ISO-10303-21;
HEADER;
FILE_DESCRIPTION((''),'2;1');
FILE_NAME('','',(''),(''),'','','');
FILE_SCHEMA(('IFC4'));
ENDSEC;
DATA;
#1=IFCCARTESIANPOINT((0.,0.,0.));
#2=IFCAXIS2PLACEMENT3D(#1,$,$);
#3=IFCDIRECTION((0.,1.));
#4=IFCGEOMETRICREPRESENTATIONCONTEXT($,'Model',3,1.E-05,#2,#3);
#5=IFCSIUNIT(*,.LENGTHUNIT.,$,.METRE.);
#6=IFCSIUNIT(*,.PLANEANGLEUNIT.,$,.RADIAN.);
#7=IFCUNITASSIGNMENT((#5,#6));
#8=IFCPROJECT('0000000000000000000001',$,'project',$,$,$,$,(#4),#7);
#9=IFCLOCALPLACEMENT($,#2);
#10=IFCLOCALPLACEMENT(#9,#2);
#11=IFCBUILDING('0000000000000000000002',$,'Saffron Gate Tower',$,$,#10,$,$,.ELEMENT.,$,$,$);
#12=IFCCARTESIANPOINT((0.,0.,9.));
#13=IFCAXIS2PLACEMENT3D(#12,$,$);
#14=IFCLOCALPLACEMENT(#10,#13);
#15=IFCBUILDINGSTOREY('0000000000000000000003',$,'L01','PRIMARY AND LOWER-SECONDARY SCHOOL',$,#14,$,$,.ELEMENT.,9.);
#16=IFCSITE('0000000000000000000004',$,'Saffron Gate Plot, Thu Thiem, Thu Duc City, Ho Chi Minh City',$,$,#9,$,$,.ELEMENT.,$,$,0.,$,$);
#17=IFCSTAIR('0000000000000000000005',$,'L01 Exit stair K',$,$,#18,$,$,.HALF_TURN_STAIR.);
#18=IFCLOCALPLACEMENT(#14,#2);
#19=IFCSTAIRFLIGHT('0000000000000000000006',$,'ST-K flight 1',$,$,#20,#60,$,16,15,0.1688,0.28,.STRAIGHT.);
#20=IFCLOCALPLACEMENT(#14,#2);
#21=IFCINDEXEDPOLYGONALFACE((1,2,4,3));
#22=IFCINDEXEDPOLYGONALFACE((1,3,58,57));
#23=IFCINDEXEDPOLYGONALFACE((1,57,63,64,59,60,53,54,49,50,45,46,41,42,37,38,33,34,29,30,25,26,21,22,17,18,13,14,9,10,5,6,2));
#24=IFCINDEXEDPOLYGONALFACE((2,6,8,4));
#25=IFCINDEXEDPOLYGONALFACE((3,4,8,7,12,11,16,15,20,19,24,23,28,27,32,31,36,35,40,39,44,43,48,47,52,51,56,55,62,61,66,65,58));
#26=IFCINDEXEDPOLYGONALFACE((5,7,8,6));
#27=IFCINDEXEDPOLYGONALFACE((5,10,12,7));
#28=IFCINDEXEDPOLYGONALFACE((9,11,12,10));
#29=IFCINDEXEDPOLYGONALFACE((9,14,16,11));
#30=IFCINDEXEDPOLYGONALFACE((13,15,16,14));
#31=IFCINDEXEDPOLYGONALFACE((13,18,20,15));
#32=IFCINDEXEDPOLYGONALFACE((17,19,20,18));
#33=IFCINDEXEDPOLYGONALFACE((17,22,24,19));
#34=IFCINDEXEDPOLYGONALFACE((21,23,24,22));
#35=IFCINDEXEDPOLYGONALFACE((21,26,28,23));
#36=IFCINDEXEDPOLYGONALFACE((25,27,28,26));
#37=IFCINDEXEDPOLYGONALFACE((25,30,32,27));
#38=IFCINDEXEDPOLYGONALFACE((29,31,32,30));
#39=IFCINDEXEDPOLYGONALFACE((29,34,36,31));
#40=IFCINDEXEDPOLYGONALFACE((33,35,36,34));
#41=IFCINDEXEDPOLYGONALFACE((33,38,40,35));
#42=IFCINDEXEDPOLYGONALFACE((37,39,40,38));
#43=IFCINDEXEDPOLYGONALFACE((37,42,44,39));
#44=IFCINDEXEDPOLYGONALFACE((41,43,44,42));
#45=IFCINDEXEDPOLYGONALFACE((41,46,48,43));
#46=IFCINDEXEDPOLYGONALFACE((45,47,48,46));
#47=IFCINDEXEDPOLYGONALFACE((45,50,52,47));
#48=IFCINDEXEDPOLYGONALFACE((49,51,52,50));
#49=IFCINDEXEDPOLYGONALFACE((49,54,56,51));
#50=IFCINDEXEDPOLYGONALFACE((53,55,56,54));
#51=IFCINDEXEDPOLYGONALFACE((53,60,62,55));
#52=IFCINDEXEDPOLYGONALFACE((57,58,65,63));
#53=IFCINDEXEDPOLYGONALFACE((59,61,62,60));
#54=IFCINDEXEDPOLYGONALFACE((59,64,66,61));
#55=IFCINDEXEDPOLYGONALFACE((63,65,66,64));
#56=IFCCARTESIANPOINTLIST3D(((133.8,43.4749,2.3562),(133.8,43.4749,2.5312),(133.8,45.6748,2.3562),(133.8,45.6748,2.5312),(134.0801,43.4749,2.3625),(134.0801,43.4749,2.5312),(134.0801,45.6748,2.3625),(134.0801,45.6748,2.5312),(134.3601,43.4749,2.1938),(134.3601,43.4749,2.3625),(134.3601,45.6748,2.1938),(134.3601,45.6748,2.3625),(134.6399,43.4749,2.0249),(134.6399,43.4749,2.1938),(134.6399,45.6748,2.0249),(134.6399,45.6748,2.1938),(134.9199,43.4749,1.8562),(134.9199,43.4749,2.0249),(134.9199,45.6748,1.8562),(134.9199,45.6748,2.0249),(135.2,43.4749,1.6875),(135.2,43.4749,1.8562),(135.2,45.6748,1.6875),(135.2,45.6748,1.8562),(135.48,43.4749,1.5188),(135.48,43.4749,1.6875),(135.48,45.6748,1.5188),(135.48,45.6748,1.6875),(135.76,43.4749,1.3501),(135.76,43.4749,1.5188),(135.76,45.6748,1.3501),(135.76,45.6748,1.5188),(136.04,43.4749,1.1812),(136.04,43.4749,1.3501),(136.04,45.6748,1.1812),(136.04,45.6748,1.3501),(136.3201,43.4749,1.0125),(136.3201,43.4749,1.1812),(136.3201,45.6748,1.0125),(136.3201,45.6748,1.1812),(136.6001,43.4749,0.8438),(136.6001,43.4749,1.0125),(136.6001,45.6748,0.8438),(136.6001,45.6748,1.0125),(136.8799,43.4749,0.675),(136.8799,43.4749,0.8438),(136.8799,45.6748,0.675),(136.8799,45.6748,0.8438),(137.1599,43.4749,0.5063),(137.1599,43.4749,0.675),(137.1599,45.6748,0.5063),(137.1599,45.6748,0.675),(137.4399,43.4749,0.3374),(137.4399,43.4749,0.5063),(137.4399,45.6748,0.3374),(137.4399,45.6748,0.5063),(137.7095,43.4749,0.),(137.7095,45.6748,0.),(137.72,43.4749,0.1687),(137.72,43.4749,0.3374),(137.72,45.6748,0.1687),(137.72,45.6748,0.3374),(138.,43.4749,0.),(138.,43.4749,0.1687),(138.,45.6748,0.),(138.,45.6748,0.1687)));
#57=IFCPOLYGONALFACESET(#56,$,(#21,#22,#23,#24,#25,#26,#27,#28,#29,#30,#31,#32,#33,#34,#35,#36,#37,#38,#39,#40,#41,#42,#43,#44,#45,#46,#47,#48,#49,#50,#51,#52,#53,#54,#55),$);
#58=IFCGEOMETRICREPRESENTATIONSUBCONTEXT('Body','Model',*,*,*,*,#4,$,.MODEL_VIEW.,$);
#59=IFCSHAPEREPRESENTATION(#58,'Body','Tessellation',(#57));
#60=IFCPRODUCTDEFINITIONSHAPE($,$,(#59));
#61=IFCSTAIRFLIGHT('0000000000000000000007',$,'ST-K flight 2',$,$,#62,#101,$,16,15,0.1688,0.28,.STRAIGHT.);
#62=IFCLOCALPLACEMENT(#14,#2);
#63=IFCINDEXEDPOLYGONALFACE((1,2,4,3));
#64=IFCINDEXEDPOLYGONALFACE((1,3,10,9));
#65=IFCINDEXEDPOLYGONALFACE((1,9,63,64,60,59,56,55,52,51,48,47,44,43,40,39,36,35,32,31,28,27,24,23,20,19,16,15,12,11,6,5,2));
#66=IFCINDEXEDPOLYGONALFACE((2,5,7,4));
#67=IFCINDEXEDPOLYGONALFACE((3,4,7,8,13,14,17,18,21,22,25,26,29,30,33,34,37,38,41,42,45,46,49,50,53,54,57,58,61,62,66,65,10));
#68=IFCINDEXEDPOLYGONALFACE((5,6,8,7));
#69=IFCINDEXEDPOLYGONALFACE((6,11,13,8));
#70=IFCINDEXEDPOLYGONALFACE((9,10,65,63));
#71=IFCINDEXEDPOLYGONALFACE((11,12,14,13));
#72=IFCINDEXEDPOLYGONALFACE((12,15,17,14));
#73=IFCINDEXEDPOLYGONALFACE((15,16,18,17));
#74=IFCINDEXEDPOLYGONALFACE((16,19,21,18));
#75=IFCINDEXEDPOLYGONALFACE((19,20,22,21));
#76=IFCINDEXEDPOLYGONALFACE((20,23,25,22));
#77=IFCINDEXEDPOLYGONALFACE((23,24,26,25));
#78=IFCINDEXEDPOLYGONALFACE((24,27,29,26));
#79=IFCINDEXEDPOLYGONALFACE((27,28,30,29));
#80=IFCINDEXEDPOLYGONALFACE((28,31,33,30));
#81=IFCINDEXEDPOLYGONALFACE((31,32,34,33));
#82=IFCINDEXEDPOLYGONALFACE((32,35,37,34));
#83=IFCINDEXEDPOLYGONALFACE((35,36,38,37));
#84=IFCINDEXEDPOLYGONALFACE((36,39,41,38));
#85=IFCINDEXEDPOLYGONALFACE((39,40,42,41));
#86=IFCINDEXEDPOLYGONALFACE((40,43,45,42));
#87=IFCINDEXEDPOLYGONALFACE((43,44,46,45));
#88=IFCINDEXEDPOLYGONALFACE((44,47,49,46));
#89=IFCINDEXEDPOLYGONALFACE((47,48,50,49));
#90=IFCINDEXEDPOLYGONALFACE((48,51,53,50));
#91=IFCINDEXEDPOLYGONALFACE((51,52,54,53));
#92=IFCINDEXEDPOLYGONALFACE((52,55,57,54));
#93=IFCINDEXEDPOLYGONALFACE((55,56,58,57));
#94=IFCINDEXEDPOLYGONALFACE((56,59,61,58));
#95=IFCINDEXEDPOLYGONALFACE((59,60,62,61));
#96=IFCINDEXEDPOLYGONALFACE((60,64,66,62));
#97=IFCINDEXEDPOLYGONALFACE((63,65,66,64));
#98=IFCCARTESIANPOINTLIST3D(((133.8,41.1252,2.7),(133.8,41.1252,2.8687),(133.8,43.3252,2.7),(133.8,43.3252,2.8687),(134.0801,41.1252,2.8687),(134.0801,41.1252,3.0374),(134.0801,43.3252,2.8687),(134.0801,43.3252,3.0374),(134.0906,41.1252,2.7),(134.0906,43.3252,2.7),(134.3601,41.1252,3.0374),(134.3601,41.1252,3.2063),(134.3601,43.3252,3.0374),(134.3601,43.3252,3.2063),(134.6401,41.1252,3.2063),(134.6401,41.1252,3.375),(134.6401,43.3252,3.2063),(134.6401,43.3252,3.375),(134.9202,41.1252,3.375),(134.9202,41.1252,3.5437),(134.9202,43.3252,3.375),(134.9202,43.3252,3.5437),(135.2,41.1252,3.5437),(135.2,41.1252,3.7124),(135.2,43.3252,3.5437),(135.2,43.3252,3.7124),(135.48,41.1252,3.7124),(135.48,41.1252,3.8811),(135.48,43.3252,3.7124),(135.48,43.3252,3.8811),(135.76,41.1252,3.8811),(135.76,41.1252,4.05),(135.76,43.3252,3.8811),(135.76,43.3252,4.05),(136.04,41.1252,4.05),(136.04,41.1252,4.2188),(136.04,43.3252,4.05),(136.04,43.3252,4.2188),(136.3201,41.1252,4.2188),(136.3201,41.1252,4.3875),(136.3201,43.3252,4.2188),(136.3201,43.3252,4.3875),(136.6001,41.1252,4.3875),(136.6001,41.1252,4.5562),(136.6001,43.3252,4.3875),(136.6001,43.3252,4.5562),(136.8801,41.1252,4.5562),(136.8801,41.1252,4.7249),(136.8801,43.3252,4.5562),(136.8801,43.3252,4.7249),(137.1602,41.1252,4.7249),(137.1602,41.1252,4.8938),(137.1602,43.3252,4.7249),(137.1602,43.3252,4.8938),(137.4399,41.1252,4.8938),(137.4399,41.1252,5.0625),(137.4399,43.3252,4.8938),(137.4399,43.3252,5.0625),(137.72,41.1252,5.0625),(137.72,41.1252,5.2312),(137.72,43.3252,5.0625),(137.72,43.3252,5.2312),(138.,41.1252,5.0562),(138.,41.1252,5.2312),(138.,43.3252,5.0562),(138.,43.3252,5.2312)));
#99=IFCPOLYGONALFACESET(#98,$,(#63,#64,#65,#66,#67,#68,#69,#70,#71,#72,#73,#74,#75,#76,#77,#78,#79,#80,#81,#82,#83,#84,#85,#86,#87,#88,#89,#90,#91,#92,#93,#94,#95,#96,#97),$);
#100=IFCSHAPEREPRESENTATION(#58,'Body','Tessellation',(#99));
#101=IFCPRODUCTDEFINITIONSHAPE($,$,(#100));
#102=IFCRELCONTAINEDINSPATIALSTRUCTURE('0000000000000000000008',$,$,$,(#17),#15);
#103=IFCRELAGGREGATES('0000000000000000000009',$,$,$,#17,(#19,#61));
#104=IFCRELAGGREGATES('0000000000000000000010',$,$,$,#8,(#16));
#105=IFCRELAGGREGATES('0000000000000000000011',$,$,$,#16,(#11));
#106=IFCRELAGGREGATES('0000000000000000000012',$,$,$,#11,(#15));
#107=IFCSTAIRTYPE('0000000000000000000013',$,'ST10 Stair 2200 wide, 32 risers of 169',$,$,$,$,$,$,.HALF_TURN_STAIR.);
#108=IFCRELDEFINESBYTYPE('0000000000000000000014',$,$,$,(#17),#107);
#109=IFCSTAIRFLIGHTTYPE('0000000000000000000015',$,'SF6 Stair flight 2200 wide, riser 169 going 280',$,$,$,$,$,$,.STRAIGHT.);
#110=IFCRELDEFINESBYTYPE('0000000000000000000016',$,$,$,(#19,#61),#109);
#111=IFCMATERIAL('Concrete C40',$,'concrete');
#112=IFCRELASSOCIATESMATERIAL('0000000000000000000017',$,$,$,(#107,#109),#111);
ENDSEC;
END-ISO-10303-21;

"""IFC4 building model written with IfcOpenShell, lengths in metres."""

from ifc_helpers import new_model, si_unit, direction, frame, origin, place, context, subcontext, project, spatial, polyline, outline, extrude, material, type_object, element, aggregate, save


model = new_model("IFC4")

# Units and contexts
model_context = context("Model", 3, precision=1e-05, world=origin(), true_north=direction((0.0, 1.0)))
body_context = subcontext(model_context, "Body", "Model", "MODEL_VIEW")
ifc_project = project(units=[si_unit("LENGTHUNIT", "METRE"), si_unit("PLANEANGLEUNIT", "RADIAN")], contexts=[model_context])

# Site, building, storey
site_placement = place(None, origin())
site = spatial("IfcSite", under=ifc_project, at=site_placement, Name="Saffron Gate Plot, Thu Thiem, Thu Duc City, Ho Chi Minh City", CompositionType="ELEMENT", RefElevation=0.0)
building_placement = place(site_placement, origin())
building = spatial("IfcBuilding", under=site, at=building_placement, Name="Saffron Gate Tower", CompositionType="ELEMENT")
storey_placement = place(building_placement, frame((0.0, 0.0, 9.0)))
storey = spatial("IfcBuildingStorey", under=building, at=storey_placement, Name="L01", Description="PRIMARY AND LOWER-SECONDARY SCHOOL", CompositionType="ELEMENT", Elevation=9.0)

# Stair, stair flights
ifc_material_1 = material(Name="Concrete C40", Category="concrete")
stair_type = type_object("IfcStairType", Name="ST10 Stair 2200 wide, 32 risers of 169", PredefinedType="HALF_TURN_STAIR", material=ifc_material_1)
stair_placement = place(storey_placement, origin())
stair = element("IfcStair", 1, at=stair_placement, inside=storey, type_object=stair_type, Name="L01 Exit stair K", PredefinedType="HALF_TURN_STAIR")
stair_flight_type = type_object("IfcStairFlightType", Name="SF6 Stair flight 2200 wide, riser 169 going 280", PredefinedType="STRAIGHT", material=ifc_material_1)
stair_flight_1_placement = place(storey_placement, frame((138.0, 44.575, 0.0), z_axis=(0.0, 0.0, 1.0), x_axis=(-1.0, 0.0, 0.0)))
stair_flight_1 = element("IfcStairFlight", 2, at=stair_flight_1_placement, type_object=stair_flight_type, Name="ST-K flight 1", NumberOfRisers=16, NumberOfTreads=15, PredefinedType="STRAIGHT", RiserHeight=0.1688, TreadLength=0.28, context=body_context, shape_type="SweptSolid", body=[
    extrude(outline(polyline([(0.0, 0.0), (0.0, 0.1687), (0.28, 0.1687), (0.28, 0.3374), (0.5601, 0.3374), (0.5601, 0.5063), (0.8401, 0.5063), (0.8401, 0.675), (1.1201, 0.675), (1.1201, 0.8438), (1.3999, 0.8438), (1.3999, 1.0125), (1.6799, 1.0125), (1.6799, 1.1812), (1.96, 1.1812), (1.96, 1.3501), (2.24, 1.3501), (2.24, 1.5188), (2.52, 1.5188), (2.52, 1.6875), (2.8, 1.6875), (2.8, 1.8562), (3.0801, 1.8562), (3.0801, 2.0249), (3.3601, 2.0249), (3.3601, 2.1938), (3.6399, 2.1938), (3.6399, 2.3625), (3.9199, 2.3625), (3.9199, 2.5312), (4.2, 2.5312), (4.2, 2.7), (4.2, 2.3562), (0.2905, 0.0), (0.0, 0.0)])), frame((0.0, 1.1001, 0.0), z_axis=(0.0, -1.0, 0.0), x_axis=(1.0, 0.0, 0.0)), (0.0, 0.0, 1.0), 2.2),
])
stair_flight_2_placement = place(storey_placement, frame((133.8, 42.2251, 2.7), z_axis=(0.0, 0.0, 1.0), x_axis=(1.0, 0.0, 0.0)))
stair_flight_2 = element("IfcStairFlight", 3, at=stair_flight_2_placement, type_object=stair_flight_type, Name="ST-K flight 2", NumberOfRisers=16, NumberOfTreads=15, PredefinedType="STRAIGHT", RiserHeight=0.1688, TreadLength=0.28, context=body_context, shape_type="SweptSolid", body=[
    extrude(outline(polyline([(0.0, 0.0), (0.0, 0.1687), (0.28, 0.1687), (0.28, 0.3374), (0.5601, 0.3374), (0.5601, 0.5063), (0.8401, 0.5063), (0.8401, 0.675), (1.1201, 0.675), (1.1201, 0.8438), (1.3999, 0.8438), (1.3999, 1.0125), (1.6799, 1.0125), (1.6799, 1.1812), (1.96, 1.1812), (1.96, 1.3501), (2.24, 1.3501), (2.24, 1.5188), (2.52, 1.5188), (2.52, 1.6875), (2.8, 1.6875), (2.8, 1.8562), (3.0801, 1.8562), (3.0801, 2.0249), (3.3601, 2.0249), (3.3601, 2.1938), (3.6399, 2.1938), (3.6399, 2.3625), (3.9199, 2.3625), (3.9199, 2.5312), (4.2, 2.5312), (4.2, 2.7), (4.2, 2.3562), (0.2905, 0.0), (0.0, 0.0)])), frame((0.0, 1.1001, 0.0), z_axis=(0.0, -1.0, 0.0), x_axis=(1.0, 0.0, 0.0)), (0.0, 0.0, 1.0), 2.2),
])
aggregate(stair, [stair_flight_1, stair_flight_2])

save(model, "model.ifc")
